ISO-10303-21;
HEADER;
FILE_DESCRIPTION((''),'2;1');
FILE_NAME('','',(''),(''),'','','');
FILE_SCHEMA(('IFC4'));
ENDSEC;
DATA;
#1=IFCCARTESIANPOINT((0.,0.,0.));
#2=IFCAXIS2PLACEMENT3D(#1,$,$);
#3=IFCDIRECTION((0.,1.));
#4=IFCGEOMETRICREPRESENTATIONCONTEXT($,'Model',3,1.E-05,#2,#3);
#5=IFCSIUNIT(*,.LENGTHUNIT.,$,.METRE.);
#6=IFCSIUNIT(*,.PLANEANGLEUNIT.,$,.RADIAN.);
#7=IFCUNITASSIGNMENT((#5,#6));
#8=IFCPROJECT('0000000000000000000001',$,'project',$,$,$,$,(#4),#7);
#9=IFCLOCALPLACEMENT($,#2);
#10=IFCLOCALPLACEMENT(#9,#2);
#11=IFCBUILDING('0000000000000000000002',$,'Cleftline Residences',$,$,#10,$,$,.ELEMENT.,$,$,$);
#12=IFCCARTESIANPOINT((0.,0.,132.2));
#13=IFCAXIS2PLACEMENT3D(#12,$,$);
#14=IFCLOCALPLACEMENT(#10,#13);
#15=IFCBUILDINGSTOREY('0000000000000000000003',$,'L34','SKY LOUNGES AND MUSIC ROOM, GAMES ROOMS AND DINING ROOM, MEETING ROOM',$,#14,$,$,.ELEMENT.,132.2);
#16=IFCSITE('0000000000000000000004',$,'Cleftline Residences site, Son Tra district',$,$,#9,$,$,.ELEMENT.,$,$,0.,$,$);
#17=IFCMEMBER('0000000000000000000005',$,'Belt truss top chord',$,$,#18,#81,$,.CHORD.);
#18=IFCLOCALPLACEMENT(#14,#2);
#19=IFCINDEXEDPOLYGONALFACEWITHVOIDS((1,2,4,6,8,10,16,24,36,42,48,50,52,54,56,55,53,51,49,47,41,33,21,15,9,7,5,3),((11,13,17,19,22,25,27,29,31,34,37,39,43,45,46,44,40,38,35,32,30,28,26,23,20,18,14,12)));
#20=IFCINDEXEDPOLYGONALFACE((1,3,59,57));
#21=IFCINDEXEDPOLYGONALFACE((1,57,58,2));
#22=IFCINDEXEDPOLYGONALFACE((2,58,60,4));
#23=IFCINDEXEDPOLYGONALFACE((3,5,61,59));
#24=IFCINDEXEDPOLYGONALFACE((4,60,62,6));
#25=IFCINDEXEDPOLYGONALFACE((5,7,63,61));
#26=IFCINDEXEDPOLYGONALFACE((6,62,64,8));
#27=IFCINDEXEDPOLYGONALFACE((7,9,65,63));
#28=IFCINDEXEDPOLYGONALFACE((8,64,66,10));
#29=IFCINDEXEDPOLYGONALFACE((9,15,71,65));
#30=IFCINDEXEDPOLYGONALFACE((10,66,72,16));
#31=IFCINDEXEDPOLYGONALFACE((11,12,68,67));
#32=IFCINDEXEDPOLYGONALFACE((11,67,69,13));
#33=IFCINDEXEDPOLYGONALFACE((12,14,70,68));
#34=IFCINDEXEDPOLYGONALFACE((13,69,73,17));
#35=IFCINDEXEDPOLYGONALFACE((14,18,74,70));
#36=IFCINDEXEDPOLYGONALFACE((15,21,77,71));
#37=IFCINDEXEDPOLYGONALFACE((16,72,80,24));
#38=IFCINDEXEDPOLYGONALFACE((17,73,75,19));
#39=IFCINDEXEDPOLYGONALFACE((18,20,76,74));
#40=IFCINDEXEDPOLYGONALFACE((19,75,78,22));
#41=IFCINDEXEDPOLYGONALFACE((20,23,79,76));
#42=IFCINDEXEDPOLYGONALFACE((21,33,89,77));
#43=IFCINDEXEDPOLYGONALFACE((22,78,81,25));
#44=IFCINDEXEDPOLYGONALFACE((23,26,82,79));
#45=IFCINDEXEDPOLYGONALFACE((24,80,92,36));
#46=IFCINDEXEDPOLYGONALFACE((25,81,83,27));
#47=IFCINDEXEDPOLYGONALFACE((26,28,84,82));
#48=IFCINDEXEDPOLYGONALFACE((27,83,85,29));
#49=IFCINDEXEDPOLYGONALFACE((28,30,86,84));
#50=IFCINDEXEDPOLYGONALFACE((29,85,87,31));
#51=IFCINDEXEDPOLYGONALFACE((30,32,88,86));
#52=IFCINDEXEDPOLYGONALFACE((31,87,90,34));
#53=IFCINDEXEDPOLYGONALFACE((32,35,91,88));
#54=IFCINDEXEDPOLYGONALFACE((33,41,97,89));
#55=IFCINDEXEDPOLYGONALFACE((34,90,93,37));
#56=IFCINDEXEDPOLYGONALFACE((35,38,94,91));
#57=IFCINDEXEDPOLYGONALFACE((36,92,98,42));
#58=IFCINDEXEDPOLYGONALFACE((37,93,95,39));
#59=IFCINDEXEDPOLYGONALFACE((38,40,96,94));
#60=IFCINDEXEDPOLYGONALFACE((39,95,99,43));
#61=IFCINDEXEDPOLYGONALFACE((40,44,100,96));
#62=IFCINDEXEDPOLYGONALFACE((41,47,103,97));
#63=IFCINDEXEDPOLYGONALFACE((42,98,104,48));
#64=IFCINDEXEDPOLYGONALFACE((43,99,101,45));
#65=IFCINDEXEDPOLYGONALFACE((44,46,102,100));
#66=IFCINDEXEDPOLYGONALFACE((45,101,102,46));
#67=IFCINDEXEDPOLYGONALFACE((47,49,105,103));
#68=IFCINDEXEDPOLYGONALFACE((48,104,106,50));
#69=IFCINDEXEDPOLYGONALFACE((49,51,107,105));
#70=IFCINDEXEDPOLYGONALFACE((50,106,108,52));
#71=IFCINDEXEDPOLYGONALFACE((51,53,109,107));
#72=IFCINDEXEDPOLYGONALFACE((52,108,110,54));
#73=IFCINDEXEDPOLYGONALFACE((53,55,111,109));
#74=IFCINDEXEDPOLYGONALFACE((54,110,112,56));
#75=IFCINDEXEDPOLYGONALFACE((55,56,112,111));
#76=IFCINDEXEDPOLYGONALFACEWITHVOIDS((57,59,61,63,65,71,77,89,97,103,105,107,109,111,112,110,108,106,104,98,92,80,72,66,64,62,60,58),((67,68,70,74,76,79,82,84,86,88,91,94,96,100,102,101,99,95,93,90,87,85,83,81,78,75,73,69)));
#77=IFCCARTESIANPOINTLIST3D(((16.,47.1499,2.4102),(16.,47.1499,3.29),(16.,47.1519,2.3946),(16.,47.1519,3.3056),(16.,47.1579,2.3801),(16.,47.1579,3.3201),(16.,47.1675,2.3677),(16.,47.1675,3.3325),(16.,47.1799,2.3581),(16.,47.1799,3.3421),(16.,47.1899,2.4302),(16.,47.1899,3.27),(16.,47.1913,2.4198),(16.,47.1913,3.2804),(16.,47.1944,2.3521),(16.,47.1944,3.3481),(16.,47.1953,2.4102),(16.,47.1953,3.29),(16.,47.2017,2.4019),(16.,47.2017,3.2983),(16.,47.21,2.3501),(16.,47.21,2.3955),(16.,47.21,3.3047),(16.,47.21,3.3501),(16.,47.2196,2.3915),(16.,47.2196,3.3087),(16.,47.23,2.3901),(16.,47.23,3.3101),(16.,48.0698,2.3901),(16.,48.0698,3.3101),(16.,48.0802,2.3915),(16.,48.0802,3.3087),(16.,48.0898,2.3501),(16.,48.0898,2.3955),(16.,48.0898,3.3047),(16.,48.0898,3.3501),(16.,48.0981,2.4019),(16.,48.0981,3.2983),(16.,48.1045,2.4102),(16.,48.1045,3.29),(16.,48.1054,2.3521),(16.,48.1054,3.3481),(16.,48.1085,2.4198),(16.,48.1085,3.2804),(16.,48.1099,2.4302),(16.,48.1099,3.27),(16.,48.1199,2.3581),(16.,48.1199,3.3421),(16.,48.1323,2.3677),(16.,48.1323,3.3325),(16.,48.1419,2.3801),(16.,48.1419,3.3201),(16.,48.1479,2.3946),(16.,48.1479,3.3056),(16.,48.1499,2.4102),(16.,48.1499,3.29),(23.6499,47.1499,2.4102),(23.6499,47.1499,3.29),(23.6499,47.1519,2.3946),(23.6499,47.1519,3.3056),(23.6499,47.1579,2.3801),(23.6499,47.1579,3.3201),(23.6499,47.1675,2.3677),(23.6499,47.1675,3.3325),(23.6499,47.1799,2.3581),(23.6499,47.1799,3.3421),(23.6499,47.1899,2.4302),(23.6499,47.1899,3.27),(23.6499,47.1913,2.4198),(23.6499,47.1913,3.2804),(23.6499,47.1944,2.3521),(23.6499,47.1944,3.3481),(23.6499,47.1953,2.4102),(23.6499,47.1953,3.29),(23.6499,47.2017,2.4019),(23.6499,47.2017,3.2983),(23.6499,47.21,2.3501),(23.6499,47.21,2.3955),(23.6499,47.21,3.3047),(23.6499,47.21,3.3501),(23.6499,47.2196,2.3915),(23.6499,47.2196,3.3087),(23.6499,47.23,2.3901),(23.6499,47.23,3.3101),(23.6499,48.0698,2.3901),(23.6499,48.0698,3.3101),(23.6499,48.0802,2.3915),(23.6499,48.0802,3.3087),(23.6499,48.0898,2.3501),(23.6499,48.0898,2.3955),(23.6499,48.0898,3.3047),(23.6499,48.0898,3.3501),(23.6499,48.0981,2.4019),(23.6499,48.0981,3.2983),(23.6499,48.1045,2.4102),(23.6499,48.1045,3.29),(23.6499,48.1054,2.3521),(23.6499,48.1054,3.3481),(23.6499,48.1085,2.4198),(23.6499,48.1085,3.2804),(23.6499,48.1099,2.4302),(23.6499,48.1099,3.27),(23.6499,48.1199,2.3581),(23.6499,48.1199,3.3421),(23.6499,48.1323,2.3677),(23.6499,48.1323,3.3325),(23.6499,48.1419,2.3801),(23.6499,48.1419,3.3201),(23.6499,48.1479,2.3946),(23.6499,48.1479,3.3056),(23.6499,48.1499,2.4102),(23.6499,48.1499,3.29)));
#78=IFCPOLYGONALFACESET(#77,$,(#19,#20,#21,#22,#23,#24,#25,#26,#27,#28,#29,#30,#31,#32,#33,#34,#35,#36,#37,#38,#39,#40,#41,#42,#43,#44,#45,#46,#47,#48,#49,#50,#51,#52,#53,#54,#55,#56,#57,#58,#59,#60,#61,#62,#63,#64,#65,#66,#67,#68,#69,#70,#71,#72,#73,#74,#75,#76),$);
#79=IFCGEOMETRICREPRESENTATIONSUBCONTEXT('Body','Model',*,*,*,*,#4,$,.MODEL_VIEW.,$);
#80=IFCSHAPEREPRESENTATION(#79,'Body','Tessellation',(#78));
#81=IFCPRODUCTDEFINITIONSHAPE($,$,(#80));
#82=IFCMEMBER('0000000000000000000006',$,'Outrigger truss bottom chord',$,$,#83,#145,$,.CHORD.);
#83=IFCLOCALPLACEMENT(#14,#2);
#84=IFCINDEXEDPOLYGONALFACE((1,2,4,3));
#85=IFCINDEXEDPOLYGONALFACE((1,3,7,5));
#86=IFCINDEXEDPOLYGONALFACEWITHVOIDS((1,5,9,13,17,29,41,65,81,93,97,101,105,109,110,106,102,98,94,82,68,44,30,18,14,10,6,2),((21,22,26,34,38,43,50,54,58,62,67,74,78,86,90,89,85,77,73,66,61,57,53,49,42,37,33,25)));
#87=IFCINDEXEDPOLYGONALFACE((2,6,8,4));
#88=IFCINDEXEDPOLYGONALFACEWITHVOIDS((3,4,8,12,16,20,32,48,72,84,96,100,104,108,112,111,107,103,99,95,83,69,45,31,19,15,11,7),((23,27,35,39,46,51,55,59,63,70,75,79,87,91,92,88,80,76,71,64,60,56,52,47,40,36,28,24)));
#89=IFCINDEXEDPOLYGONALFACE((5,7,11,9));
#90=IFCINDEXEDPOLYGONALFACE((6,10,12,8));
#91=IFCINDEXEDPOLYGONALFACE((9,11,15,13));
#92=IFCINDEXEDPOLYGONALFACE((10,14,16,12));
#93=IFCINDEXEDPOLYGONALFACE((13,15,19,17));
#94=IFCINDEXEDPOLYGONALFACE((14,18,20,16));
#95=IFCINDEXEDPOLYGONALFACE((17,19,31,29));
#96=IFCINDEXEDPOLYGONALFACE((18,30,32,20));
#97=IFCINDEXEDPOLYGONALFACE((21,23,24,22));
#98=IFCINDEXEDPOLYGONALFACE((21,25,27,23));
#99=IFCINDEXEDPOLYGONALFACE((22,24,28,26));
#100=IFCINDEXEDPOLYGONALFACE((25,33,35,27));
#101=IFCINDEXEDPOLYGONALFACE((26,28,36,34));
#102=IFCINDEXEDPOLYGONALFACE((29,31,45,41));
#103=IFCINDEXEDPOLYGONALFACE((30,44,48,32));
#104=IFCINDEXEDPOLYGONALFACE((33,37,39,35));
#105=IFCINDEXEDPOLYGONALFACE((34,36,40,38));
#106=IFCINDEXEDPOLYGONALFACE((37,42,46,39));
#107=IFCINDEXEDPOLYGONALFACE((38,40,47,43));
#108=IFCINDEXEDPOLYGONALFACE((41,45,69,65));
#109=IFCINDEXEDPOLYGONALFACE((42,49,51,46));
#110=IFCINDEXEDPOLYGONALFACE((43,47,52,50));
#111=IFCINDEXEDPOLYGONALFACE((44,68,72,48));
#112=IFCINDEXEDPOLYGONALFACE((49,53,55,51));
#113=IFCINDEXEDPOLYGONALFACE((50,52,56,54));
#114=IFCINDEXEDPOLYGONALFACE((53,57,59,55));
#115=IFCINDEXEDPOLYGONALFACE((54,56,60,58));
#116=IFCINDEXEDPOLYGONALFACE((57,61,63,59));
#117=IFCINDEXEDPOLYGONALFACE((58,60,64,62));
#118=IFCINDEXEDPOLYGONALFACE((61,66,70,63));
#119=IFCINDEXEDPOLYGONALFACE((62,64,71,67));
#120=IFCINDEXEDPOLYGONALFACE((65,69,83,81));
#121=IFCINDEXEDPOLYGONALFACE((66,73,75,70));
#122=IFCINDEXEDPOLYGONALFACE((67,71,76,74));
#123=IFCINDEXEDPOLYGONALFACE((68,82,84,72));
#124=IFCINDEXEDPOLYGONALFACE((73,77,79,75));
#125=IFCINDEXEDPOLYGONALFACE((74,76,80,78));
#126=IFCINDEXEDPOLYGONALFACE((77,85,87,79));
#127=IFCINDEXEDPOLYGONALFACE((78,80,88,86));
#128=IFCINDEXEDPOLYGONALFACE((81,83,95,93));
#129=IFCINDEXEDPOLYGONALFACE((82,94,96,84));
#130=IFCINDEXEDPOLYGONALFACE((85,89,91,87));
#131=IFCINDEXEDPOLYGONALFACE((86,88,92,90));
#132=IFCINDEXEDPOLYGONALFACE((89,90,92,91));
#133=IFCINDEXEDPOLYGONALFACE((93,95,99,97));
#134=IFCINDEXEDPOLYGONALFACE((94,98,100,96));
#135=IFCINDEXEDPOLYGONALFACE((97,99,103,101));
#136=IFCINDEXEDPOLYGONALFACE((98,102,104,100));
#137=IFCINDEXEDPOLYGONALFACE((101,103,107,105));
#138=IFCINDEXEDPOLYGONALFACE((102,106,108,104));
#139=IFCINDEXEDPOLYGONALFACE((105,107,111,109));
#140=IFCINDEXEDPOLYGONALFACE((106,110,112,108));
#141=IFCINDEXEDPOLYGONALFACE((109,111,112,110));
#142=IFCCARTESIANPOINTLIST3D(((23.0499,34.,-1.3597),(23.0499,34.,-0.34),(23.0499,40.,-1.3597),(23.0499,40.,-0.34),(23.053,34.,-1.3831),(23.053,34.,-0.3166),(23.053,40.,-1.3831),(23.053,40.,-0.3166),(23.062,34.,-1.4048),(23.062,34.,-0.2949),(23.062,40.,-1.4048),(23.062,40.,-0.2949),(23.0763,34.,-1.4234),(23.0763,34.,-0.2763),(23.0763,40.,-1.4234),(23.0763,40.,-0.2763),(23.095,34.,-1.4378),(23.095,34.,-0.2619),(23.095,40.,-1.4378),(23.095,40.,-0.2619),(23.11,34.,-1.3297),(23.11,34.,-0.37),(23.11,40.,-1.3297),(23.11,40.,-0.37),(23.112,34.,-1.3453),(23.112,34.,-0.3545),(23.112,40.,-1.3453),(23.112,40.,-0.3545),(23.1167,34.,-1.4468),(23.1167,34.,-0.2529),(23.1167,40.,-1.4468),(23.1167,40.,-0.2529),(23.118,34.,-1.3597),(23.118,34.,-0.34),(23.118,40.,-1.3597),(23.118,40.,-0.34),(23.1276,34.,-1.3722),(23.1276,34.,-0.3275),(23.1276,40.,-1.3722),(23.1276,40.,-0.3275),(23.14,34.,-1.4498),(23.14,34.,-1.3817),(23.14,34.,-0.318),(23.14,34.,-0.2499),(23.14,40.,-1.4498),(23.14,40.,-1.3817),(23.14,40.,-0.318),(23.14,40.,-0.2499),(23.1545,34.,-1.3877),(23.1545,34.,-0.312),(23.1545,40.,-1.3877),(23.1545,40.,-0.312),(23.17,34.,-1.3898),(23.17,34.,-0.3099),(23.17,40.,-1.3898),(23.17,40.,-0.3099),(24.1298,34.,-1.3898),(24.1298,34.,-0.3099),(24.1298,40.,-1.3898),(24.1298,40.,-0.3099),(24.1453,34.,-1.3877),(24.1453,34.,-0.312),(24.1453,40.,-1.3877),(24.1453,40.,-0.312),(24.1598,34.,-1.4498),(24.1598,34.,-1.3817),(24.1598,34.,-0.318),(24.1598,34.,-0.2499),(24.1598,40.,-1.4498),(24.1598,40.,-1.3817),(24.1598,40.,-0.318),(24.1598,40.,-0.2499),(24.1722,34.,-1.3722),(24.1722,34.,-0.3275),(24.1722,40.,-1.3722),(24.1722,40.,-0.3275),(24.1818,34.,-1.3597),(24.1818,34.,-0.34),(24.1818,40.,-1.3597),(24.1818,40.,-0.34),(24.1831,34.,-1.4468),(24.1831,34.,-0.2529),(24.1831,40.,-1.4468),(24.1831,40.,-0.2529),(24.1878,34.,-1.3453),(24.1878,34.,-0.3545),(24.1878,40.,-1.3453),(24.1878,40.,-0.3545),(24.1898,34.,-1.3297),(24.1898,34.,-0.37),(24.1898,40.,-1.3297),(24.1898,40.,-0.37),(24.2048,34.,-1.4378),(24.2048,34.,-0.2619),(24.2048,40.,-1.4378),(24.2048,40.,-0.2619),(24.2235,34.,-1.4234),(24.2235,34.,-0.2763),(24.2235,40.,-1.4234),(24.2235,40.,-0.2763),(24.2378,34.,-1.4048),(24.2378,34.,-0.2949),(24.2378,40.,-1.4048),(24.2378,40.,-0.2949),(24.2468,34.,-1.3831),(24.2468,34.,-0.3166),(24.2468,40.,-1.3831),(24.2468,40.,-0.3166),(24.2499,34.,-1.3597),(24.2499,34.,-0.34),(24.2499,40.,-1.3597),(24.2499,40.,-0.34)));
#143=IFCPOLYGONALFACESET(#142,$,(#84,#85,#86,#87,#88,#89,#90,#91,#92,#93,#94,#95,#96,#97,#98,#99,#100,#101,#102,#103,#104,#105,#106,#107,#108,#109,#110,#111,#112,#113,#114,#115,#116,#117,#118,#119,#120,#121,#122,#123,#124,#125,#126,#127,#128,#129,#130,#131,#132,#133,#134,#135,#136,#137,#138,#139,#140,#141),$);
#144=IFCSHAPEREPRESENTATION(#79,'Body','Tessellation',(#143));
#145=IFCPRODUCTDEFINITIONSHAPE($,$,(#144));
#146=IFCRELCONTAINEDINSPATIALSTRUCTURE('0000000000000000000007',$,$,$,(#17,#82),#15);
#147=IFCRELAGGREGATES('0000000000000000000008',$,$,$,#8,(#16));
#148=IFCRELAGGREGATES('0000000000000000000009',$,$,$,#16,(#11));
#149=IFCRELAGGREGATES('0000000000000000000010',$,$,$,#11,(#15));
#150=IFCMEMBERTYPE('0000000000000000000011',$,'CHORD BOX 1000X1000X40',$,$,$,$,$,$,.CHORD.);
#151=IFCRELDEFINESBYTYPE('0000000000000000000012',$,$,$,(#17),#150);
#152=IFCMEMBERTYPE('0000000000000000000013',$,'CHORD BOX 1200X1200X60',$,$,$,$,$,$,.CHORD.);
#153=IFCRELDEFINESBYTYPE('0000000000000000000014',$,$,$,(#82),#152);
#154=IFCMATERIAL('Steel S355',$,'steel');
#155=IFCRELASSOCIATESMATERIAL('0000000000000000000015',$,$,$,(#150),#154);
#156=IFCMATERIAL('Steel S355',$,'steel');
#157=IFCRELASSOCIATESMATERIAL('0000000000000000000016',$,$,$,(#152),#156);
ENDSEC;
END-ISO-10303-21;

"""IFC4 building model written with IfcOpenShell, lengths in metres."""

from ifc_helpers import new_model, si_unit, direction, frame, origin, origin_2d, place, context, subcontext, project, spatial, hollow_rectangle, extrude, material, material_profile, profile_set, type_object, element, save


model = new_model("IFC4")

# Units and contexts
model_context = context("Model", 3, precision=1e-05, world=origin(), true_north=direction((0.0, 1.0)))
body_context = subcontext(model_context, "Body", "Model", "MODEL_VIEW")
ifc_project = project(units=[si_unit("LENGTHUNIT", "METRE"), si_unit("PLANEANGLEUNIT", "RADIAN")], contexts=[model_context])

# Site, building, storey
site_placement = place(None, origin())
site = spatial("IfcSite", under=ifc_project, at=site_placement, Name="Cleftline Residences site, Son Tra district", CompositionType="ELEMENT", RefElevation=0.0)
building_placement = place(site_placement, origin())
building = spatial("IfcBuilding", under=site, at=building_placement, Name="Cleftline Residences", CompositionType="ELEMENT")
storey_placement = place(building_placement, frame((0.0, 0.0, 132.2)))
storey = spatial("IfcBuildingStorey", under=building, at=storey_placement, Name="L34", Description="SKY LOUNGES AND MUSIC ROOM, GAMES ROOMS AND DINING ROOM, MEETING ROOM", CompositionType="ELEMENT", Elevation=132.2)

# Members
ifc_material_1 = material(Name="Steel S355", Category="steel")
ifc_material_profile_1 = material_profile(ifc_material_1, hollow_rectangle(XDim=1.0, YDim=1.0, WallThickness=0.04, InnerFilletRadius=0.04, OuterFilletRadius=0.0601, at=origin_2d()))
ifc_profile_set_1 = profile_set([ifc_material_profile_1], Name="Steel S355")
member_type_1 = type_object("IfcMemberType", Name="CHORD BOX 1000X1000X40", PredefinedType="CHORD", material=ifc_profile_set_1)
for number, where, z_axis, x_axis, name in (
    (1, (16.0, 47.6499, 2.8501), (1.0, 0.0, 0.0), (0.0, 1.0, 0.0), "Belt truss top chord"),
):
    element("IfcMember", number, at=place(storey_placement, frame(where, z_axis=z_axis, x_axis=x_axis)), inside=storey, type_object=member_type_1, Name=name, PredefinedType="CHORD", context=body_context, shape_type="SweptSolid", body=[
        extrude(hollow_rectangle(XDim=1.0, YDim=1.0, WallThickness=0.04, InnerFilletRadius=0.04, OuterFilletRadius=0.0601, at=origin_2d()), origin(), (0.0, 0.0, 1.0), 7.6499),
    ])
ifc_material_2 = material(Name="Steel S355", Category="steel")
ifc_material_profile_2 = material_profile(ifc_material_2, hollow_rectangle(XDim=1.2, YDim=1.2, WallThickness=0.0601, InnerFilletRadius=0.0601, OuterFilletRadius=0.0901, at=origin_2d()))
ifc_profile_set_2 = profile_set([ifc_material_profile_2], Name="Steel S355")
member_type_2 = type_object("IfcMemberType", Name="CHORD BOX 1200X1200X60", PredefinedType="CHORD", material=ifc_profile_set_2)
for number, where, z_axis, x_axis, name in (
    (2, (23.6499, 40.0, -0.8499), (0.0, -1.0, 0.0), (1.0, 0.0, 0.0), "Outrigger truss bottom chord"),
):
    element("IfcMember", number, at=place(storey_placement, frame(where, z_axis=z_axis, x_axis=x_axis)), inside=storey, type_object=member_type_2, Name=name, PredefinedType="CHORD", context=body_context, shape_type="SweptSolid", body=[
        extrude(hollow_rectangle(XDim=1.2, YDim=1.2, WallThickness=0.0601, InnerFilletRadius=0.0601, OuterFilletRadius=0.0901, at=origin_2d()), origin(), (0.0, 0.0, 1.0), 6.0),
    ])

save(model, "model.ifc")
